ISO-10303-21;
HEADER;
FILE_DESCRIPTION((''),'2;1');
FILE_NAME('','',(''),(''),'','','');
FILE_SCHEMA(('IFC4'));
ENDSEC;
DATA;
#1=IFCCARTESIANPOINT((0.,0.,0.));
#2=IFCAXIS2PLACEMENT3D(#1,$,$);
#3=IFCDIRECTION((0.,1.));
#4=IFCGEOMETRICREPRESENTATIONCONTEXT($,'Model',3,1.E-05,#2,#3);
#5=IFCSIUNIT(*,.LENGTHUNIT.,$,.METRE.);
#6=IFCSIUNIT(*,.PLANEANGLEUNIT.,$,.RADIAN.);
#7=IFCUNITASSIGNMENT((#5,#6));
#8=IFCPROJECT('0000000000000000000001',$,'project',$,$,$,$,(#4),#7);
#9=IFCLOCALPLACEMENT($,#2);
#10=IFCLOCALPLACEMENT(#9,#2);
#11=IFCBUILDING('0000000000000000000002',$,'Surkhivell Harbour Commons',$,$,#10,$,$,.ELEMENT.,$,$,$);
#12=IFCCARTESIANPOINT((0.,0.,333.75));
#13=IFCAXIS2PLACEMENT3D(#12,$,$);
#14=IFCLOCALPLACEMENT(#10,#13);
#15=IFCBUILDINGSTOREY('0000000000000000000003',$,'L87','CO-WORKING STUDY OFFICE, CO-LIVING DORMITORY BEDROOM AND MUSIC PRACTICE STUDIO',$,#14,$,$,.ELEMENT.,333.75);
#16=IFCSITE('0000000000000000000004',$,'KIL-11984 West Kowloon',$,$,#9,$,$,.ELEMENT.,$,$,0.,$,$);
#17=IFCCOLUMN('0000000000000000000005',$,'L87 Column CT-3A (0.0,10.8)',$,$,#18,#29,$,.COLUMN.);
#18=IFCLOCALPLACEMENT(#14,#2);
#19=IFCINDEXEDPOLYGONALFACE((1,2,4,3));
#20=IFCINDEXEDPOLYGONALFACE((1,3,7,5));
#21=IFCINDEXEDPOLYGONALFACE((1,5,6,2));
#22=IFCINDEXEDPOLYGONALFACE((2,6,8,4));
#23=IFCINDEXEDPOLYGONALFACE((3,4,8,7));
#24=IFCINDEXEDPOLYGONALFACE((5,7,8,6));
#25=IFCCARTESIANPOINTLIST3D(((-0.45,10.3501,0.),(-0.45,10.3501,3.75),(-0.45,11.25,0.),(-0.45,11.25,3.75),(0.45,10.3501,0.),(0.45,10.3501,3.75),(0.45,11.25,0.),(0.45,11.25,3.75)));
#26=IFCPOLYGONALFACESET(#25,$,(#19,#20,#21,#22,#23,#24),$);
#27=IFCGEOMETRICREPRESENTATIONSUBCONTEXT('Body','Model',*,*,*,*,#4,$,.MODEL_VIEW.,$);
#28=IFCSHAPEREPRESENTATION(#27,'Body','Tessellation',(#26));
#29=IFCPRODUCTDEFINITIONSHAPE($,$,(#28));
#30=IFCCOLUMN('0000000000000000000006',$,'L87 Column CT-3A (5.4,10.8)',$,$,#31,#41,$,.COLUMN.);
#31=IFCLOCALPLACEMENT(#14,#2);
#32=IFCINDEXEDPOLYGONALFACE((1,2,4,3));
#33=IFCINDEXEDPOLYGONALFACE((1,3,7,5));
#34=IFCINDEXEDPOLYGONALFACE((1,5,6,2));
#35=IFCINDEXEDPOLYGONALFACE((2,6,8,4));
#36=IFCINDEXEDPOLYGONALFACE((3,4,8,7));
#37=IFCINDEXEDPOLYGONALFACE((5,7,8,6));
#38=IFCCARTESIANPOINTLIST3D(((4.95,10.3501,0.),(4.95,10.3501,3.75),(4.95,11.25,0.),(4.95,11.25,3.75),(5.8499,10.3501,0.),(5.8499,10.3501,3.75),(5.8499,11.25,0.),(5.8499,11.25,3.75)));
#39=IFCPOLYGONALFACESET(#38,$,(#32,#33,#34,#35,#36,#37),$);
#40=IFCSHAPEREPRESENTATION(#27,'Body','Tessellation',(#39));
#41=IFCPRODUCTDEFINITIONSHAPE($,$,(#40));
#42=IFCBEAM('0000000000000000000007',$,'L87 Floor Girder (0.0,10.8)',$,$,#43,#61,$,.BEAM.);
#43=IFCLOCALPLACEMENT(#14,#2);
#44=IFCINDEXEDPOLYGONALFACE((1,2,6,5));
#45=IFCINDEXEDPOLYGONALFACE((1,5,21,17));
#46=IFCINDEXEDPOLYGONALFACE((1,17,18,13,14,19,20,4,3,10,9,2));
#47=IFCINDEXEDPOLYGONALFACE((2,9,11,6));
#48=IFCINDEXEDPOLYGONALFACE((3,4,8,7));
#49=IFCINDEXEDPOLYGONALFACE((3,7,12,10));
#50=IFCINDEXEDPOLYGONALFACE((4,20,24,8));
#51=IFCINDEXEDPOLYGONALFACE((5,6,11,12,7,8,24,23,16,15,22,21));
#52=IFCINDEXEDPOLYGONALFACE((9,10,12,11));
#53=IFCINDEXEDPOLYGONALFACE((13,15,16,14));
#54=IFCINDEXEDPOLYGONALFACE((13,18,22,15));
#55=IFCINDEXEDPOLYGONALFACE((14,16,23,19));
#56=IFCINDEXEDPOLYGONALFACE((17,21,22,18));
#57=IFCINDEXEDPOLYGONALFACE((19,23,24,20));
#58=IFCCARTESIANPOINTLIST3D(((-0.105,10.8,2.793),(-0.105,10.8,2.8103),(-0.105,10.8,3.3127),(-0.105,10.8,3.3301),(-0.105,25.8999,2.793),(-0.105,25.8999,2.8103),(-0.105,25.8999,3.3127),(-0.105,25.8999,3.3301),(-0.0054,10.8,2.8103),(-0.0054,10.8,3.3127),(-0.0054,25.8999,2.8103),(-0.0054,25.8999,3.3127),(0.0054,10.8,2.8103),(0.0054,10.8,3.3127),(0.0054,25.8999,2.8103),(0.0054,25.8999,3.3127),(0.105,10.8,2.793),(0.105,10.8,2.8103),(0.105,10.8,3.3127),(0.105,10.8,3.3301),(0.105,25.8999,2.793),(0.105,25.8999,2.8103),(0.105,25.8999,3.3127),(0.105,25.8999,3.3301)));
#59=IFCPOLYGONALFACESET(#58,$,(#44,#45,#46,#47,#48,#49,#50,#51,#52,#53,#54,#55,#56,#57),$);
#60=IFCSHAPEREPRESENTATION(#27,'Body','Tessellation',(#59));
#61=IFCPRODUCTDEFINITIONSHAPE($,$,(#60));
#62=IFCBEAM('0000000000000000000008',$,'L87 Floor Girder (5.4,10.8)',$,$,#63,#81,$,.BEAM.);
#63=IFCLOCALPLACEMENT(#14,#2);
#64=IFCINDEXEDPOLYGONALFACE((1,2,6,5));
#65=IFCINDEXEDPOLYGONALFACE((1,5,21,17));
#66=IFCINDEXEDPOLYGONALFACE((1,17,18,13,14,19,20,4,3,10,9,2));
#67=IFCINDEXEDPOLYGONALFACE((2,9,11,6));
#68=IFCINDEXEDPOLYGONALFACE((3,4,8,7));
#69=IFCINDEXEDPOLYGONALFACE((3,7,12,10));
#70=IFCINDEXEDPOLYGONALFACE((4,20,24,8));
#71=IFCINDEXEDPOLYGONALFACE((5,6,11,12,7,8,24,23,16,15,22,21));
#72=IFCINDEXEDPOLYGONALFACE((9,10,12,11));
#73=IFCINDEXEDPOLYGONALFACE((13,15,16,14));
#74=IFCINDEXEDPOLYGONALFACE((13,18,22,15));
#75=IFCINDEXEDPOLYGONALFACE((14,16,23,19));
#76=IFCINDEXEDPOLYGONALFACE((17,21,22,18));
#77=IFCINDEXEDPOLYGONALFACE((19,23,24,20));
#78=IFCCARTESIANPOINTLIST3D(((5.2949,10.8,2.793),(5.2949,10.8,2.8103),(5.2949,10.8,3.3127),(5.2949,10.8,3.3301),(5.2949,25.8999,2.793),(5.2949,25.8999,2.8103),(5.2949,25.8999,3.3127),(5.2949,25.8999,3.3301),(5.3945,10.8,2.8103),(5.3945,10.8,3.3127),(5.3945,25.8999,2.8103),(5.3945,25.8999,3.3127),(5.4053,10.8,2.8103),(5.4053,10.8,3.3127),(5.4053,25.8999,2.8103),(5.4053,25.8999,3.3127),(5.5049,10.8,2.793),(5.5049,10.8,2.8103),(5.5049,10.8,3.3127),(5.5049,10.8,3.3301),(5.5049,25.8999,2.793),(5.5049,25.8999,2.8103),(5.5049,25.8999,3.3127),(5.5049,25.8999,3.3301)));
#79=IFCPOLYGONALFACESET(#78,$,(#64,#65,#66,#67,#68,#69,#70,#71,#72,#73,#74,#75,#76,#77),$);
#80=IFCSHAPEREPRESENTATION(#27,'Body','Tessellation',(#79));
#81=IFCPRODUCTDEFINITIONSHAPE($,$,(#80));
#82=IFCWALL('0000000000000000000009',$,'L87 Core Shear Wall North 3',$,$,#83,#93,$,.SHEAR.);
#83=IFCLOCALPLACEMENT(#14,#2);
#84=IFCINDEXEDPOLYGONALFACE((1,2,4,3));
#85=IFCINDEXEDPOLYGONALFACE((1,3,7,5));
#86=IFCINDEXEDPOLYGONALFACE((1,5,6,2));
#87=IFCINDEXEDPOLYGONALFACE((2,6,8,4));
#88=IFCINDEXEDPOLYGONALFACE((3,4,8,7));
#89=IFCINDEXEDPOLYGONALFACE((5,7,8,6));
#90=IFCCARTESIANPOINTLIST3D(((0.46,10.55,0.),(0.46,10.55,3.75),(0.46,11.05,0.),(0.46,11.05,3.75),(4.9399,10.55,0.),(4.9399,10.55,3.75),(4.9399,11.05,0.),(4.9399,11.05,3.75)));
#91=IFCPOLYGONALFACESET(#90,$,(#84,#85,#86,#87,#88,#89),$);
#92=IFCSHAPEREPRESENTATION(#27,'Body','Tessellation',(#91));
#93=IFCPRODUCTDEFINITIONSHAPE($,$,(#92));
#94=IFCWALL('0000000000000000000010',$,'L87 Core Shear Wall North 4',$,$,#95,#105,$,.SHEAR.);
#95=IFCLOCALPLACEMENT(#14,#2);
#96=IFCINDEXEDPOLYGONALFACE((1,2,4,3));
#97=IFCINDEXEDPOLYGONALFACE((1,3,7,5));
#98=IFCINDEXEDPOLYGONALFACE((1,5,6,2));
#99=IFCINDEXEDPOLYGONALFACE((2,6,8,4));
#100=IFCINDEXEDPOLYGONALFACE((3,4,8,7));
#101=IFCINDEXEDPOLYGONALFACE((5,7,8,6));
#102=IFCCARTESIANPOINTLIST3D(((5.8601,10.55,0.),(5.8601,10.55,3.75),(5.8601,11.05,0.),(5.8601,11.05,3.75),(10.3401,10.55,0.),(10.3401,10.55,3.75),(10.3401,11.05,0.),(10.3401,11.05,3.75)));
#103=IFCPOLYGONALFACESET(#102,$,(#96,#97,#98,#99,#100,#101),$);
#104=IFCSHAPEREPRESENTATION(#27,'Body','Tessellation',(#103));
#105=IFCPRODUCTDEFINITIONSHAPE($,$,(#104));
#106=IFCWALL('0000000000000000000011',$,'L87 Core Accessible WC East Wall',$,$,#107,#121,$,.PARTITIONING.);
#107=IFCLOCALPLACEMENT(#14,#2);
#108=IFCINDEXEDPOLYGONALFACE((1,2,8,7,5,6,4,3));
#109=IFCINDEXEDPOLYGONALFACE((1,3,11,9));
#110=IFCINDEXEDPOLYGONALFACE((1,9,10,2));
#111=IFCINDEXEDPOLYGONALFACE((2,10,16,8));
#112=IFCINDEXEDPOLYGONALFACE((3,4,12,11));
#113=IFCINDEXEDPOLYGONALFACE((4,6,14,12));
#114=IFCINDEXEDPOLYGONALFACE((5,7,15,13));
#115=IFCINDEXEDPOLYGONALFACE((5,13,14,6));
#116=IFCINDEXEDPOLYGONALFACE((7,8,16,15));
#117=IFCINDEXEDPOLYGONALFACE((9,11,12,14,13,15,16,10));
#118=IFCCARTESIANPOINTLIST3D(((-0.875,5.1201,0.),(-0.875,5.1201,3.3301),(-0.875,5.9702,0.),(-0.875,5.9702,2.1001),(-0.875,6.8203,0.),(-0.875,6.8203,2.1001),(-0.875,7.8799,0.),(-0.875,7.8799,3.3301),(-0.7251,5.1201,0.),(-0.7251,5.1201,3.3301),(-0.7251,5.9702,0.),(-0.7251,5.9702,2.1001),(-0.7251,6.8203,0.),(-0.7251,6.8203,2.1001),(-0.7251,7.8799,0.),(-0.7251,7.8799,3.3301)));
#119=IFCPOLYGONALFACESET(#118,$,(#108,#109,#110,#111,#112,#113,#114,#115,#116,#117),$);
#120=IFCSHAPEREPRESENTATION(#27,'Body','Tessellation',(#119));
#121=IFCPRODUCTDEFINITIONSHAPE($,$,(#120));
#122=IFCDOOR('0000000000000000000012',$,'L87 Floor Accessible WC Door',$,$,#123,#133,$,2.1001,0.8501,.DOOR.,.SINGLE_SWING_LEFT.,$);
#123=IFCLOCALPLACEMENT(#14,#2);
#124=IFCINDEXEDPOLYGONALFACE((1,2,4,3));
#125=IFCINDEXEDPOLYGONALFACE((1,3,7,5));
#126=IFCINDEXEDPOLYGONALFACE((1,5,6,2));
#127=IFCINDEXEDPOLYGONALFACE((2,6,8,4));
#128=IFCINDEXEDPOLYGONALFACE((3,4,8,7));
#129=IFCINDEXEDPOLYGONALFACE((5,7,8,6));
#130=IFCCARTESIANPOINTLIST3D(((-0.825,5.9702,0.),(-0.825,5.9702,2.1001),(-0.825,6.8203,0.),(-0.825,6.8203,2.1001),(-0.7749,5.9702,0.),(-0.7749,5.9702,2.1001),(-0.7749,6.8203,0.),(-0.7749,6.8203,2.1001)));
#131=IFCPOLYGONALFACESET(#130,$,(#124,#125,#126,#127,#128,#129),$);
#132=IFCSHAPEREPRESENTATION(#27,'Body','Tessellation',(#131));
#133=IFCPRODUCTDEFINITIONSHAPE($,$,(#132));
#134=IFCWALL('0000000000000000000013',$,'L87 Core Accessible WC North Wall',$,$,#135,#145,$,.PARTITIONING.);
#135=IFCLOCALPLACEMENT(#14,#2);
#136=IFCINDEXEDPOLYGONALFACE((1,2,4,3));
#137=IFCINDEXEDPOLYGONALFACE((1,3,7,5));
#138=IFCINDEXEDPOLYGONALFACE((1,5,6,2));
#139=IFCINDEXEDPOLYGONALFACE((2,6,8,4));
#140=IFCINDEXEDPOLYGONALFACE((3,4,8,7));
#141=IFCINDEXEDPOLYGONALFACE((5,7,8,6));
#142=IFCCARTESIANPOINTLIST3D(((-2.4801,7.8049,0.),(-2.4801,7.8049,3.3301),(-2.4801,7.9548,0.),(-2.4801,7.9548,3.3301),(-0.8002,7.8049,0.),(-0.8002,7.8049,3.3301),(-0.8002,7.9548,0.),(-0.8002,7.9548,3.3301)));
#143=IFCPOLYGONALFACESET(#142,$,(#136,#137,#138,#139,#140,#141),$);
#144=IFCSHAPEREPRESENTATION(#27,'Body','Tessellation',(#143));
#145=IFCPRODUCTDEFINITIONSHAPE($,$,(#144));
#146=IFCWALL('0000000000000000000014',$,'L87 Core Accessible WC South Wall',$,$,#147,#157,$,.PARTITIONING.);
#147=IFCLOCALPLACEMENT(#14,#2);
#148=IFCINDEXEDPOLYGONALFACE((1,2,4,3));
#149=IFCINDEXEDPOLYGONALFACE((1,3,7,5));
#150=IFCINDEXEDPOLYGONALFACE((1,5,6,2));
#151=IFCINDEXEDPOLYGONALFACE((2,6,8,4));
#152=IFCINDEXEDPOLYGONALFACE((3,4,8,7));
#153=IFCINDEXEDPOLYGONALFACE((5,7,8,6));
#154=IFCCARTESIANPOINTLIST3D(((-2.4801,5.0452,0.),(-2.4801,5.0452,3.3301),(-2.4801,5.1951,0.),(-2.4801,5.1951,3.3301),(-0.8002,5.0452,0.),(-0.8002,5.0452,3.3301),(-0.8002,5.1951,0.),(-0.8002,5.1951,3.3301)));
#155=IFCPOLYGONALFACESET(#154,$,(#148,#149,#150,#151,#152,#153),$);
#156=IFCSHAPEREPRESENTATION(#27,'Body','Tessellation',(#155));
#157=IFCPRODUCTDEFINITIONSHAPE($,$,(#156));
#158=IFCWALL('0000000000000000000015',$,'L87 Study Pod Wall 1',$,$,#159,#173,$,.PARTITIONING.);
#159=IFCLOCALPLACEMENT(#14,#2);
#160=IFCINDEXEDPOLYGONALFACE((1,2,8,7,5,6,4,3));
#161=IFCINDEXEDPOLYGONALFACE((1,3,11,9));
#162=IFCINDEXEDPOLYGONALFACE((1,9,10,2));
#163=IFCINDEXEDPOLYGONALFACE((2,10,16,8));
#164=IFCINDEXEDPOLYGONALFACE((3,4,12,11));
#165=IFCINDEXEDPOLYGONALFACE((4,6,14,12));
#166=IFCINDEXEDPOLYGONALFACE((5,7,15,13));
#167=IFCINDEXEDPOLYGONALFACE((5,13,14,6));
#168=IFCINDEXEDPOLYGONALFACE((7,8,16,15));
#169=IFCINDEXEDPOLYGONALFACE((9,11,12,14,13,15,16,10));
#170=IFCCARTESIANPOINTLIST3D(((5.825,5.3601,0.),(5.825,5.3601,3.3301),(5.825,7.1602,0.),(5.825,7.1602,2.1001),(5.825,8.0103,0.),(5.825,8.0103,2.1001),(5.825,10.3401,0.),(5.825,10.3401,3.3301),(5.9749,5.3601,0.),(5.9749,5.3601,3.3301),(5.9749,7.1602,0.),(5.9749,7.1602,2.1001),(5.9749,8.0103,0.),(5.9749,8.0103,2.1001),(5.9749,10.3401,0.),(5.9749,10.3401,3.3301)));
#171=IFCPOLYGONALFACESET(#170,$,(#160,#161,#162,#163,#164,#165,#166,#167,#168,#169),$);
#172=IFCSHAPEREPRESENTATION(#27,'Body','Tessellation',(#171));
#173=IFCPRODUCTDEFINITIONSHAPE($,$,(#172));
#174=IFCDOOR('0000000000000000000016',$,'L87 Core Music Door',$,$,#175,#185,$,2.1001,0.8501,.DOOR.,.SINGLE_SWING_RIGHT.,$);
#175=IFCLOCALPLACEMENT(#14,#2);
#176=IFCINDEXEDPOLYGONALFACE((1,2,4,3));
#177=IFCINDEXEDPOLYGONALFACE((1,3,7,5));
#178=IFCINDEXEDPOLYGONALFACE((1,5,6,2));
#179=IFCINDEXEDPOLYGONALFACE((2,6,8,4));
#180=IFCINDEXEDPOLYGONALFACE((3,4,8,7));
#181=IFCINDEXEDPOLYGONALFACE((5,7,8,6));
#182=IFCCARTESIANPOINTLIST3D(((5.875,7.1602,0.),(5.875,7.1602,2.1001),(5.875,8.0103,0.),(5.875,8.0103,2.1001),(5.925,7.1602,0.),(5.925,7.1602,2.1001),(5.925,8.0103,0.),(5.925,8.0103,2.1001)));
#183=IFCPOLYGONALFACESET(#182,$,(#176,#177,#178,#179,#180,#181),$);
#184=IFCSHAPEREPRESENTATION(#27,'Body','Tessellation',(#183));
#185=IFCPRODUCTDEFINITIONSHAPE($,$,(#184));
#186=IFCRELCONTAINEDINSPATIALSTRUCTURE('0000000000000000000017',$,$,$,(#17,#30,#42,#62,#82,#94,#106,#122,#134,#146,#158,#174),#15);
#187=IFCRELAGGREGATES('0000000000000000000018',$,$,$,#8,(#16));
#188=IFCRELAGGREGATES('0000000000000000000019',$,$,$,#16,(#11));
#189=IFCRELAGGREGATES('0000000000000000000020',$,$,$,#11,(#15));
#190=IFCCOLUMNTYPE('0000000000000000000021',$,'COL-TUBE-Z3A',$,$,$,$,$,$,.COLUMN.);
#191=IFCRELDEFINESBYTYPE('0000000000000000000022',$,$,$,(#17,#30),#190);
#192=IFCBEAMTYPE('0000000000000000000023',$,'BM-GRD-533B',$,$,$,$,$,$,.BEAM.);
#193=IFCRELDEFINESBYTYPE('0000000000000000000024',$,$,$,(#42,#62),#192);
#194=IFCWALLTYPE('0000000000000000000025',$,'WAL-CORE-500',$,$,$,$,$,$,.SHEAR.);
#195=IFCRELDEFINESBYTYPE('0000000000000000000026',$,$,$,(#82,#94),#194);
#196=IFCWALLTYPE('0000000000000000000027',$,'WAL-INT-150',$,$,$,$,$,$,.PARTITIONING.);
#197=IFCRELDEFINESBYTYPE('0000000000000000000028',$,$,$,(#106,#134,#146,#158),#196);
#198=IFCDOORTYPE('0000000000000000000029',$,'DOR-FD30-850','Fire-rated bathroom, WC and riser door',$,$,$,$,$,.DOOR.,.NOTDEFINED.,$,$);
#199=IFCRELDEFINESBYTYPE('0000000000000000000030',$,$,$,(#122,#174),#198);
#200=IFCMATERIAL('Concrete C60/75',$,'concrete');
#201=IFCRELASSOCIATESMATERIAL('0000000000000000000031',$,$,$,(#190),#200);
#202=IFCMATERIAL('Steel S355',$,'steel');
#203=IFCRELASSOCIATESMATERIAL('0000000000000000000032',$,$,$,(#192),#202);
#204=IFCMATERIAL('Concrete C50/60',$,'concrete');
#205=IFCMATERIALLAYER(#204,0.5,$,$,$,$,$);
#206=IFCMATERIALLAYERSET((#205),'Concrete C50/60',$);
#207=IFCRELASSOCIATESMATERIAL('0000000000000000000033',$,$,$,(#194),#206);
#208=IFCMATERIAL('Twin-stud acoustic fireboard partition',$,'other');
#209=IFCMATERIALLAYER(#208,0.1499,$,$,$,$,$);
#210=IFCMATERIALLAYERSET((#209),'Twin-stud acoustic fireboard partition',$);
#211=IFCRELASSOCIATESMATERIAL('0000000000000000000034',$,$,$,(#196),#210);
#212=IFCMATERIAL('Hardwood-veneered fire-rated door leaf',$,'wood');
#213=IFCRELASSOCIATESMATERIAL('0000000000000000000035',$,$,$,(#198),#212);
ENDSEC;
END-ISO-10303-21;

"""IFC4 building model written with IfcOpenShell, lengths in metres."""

from ifc_helpers import new_model, si_unit, direction, frame, frame_2d, origin, origin_2d, place, context, subcontext, project, spatial, rectangle, i_section, extrude, material, layer, layer_set, material_profile, profile_set, type_object, element, fill, save


model = new_model("IFC4")

# Units and contexts
model_context = context("Model", 3, precision=1e-05, world=origin(), true_north=direction((0.0, 1.0)))
body_context = subcontext(model_context, "Body", "Model", "MODEL_VIEW")
ifc_project = project(units=[si_unit("LENGTHUNIT", "METRE"), si_unit("PLANEANGLEUNIT", "RADIAN")], contexts=[model_context])

# Site, building, storey
site_placement = place(None, origin())
site = spatial("IfcSite", under=ifc_project, at=site_placement, Name="KIL-11984 West Kowloon", CompositionType="ELEMENT", RefElevation=0.0)
building_placement = place(site_placement, origin())
building = spatial("IfcBuilding", under=site, at=building_placement, Name="Surkhivell Harbour Commons", CompositionType="ELEMENT")
storey_placement = place(building_placement, frame((0.0, 0.0, 333.75)))
storey = spatial("IfcBuildingStorey", under=building, at=storey_placement, Name="L87", Description="CO-WORKING STUDY OFFICE, CO-LIVING DORMITORY BEDROOM AND MUSIC PRACTICE STUDIO", CompositionType="ELEMENT", Elevation=333.75)

# Columns
ifc_material_1 = material(Name="Concrete C60/75", Category="concrete")
ifc_material_profile_1 = material_profile(ifc_material_1, rectangle(XDim=0.8999, YDim=0.8999, at=origin_2d()), Name="RC-COL-900x900")
ifc_profile_set_1 = profile_set([ifc_material_profile_1], Name="Concrete C60/75")
column_type = type_object("IfcColumnType", Name="COL-TUBE-Z3A", PredefinedType="COLUMN", material=ifc_profile_set_1)
for number, where, z_axis, x_axis, name in (
    (1, (0.0, 10.8, 0.0), (0.0, 0.0, 1.0), (1.0, 0.0, 0.0), "L87 Column CT-3A (0.0,10.8)"),
    (2, (5.3999, 10.8, 0.0), (0.0, 0.0, 1.0), (1.0, 0.0, 0.0), "L87 Column CT-3A (5.4,10.8)"),
):
    element("IfcColumn", number, at=place(storey_placement, frame(where, z_axis=z_axis, x_axis=x_axis)), inside=storey, type_object=column_type, Name=name, PredefinedType="COLUMN", context=body_context, shape_type="SweptSolid", body=[
        extrude(rectangle(XDim=0.8999, YDim=0.8999, at=origin_2d()), origin(), (0.0, 0.0, 1.0), 3.75),
    ])

# Beams
ifc_material_2 = material(Name="Steel S355", Category="steel")
ifc_material_profile_2 = material_profile(ifc_material_2, i_section(OverallWidth=0.21, OverallDepth=0.5371, WebThickness=0.0107, FlangeThickness=0.0173, at=origin_2d()), Name="UB533x210x101")
ifc_profile_set_2 = profile_set([ifc_material_profile_2], Name="Steel S355")
beam_type = type_object("IfcBeamType", Name="BM-GRD-533B", PredefinedType="BEAM", material=ifc_profile_set_2)
for number, where, z_axis, x_axis, name in (
    (3, (0.0, 10.8, 3.0615), (0.0, 1.0, 0.0), (-1.0, 0.0, 0.0), "L87 Floor Girder (0.0,10.8)"),
    (4, (5.3999, 10.8, 3.0615), (0.0, 1.0, 0.0), (-1.0, 0.0, 0.0), "L87 Floor Girder (5.4,10.8)"),
):
    element("IfcBeam", number, at=place(storey_placement, frame(where, z_axis=z_axis, x_axis=x_axis)), inside=storey, type_object=beam_type, Name=name, PredefinedType="BEAM", context=body_context, shape_type="SweptSolid", body=[
        extrude(i_section(OverallWidth=0.21, OverallDepth=0.5371, WebThickness=0.0107, FlangeThickness=0.0173, at=origin_2d()), origin(), (0.0, 0.0, 1.0), 15.0999),
    ])

# Walls
ifc_material_3 = material(Name="Concrete C50/60", Category="concrete")
ifc_layer_1 = layer(ifc_material_3, 0.5)
ifc_layer_set_1 = layer_set([ifc_layer_1], Name="Concrete C50/60")
wall_type_1 = type_object("IfcWallType", Name="WAL-CORE-500", PredefinedType="SHEAR", material=ifc_layer_set_1)
for number, where, z_axis, x_axis, name in (
    (5, (0.46, 10.8, 0.0), (0.0, 0.0, 1.0), (1.0, 0.0, 0.0), "L87 Core Shear Wall North 3"),
    (6, (5.8601, 10.8, 0.0), (0.0, 0.0, 1.0), (1.0, 0.0, 0.0), "L87 Core Shear Wall North 4"),
):
    element("IfcWall", number, at=place(storey_placement, frame(where, z_axis=z_axis, x_axis=x_axis)), inside=storey, type_object=wall_type_1, Name=name, PredefinedType="SHEAR", context=body_context, shape_type="SweptSolid", body=[
        extrude(rectangle(XDim=4.48, YDim=0.5, at=frame_2d((2.24, 0.0))), origin(), (0.0, 0.0, 1.0), 3.75),
    ])

# Wall, opening, door
ifc_material_4 = material(Name="Twin-stud acoustic fireboard partition", Category="other")
ifc_layer_2 = layer(ifc_material_4, 0.1499)
ifc_layer_set_2 = layer_set([ifc_layer_2], Name="Twin-stud acoustic fireboard partition")
wall_type_2 = type_object("IfcWallType", Name="WAL-INT-150", PredefinedType="PARTITIONING", material=ifc_layer_set_2)
wall_1_placement = place(storey_placement, frame((-0.8, 5.1201, 0.0), z_axis=(0.0, 0.0, 1.0), x_axis=(0.0, 1.0, 0.0)))
wall_1 = element("IfcWall", 7, at=wall_1_placement, inside=storey, type_object=wall_type_2, Name="L87 Core Accessible WC East Wall", PredefinedType="PARTITIONING", context=body_context, shape_type="SweptSolid", body=[
    extrude(rectangle(XDim=2.7598, YDim=0.1499, at=frame_2d((1.3799, 0.0))), origin(), (0.0, 0.0, 1.0), 3.3301),
])
opening_1_placement = place(wall_1_placement, frame((0.8501, 0.0, 0.0)))
opening_1 = element("IfcOpeningElement", 8, at=opening_1_placement, cuts=wall_1, PredefinedType="OPENING", context=body_context, shape_type="SweptSolid", body=[
    extrude(rectangle(XDim=0.8501, YDim=2.1001, at=frame_2d((0.425, 1.05))), frame((0.0, 0.085, 0.0), z_axis=(0.0, -1.0, 0.0), x_axis=(1.0, 0.0, 0.0)), (0.0, 0.0, 1.0), 0.1699),
])
ifc_material_5 = material(Name="Hardwood-veneered fire-rated door leaf", Category="wood")
door_type_1 = type_object("IfcDoorType", Name="DOR-FD30-850", Description="Fire-rated bathroom, WC and riser door", OperationType="NOTDEFINED", PredefinedType="DOOR", material=ifc_material_5)
door_1_placement = place(opening_1_placement, origin())
door_1 = element("IfcDoor", 9, at=door_1_placement, inside=storey, type_object=door_type_1, Name="L87 Floor Accessible WC Door", OperationType="SINGLE_SWING_LEFT", OverallHeight=2.1001, OverallWidth=0.8501, PredefinedType="DOOR", context=body_context, shape_type="SweptSolid", body=[
    extrude(rectangle(XDim=0.8501, YDim=2.1001, at=frame_2d((0.425, 1.05))), frame((0.0, 0.0249, 0.0), z_axis=(0.0, -1.0, 0.0), x_axis=(1.0, 0.0, 0.0)), (0.0, 0.0, 1.0), 0.05),
])
fill(opening_1, door_1)

# Walls
for number, where, z_axis, x_axis, name in (
    (10, (-2.48, 7.8799, 0.0), (0.0, 0.0, 1.0), (1.0, 0.0, 0.0), "L87 Core Accessible WC North Wall"),
    (11, (-2.48, 5.1201, 0.0), (0.0, 0.0, 1.0), (1.0, 0.0, 0.0), "L87 Core Accessible WC South Wall"),
):
    element("IfcWall", number, at=place(storey_placement, frame(where, z_axis=z_axis, x_axis=x_axis)), inside=storey, type_object=wall_type_2, Name=name, PredefinedType="PARTITIONING", context=body_context, shape_type="SweptSolid", body=[
        extrude(rectangle(XDim=1.6799, YDim=0.1499, at=frame_2d((0.8398, 0.0))), origin(), (0.0, 0.0, 1.0), 3.3301),
    ])

# Wall, opening, door
wall_2_placement = place(storey_placement, frame((5.8999, 5.3601, 0.0), z_axis=(0.0, 0.0, 1.0), x_axis=(0.0, 1.0, 0.0)))
wall_2 = element("IfcWall", 12, at=wall_2_placement, inside=storey, type_object=wall_type_2, Name="L87 Study Pod Wall 1", PredefinedType="PARTITIONING", context=body_context, shape_type="SweptSolid", body=[
    extrude(rectangle(XDim=4.98, YDim=0.1499, at=frame_2d((2.49, 0.0))), origin(), (0.0, 0.0, 1.0), 3.3301),
])
opening_2_placement = place(wall_2_placement, frame((1.8, 0.0, 0.0)))
opening_2 = element("IfcOpeningElement", 13, at=opening_2_placement, cuts=wall_2, PredefinedType="OPENING", context=body_context, shape_type="SweptSolid", body=[
    extrude(rectangle(XDim=0.8501, YDim=2.1001, at=frame_2d((0.425, 1.05))), frame((0.0, 0.085, 0.0), z_axis=(0.0, -1.0, 0.0), x_axis=(1.0, 0.0, 0.0)), (0.0, 0.0, 1.0), 0.1699),
])
door_2_placement = place(opening_2_placement, origin())
door_2 = element("IfcDoor", 14, at=door_2_placement, inside=storey, type_object=door_type_1, Name="L87 Core Music Door", OperationType="SINGLE_SWING_RIGHT", OverallHeight=2.1001, OverallWidth=0.8501, PredefinedType="DOOR", context=body_context, shape_type="SweptSolid", body=[
    extrude(rectangle(XDim=0.8501, YDim=2.1001, at=frame_2d((0.425, 1.05))), frame((0.0, 0.0249, 0.0), z_axis=(0.0, -1.0, 0.0), x_axis=(1.0, 0.0, 0.0)), (0.0, 0.0, 1.0), 0.05),
])
fill(opening_2, door_2)

save(model, "model.ifc")
